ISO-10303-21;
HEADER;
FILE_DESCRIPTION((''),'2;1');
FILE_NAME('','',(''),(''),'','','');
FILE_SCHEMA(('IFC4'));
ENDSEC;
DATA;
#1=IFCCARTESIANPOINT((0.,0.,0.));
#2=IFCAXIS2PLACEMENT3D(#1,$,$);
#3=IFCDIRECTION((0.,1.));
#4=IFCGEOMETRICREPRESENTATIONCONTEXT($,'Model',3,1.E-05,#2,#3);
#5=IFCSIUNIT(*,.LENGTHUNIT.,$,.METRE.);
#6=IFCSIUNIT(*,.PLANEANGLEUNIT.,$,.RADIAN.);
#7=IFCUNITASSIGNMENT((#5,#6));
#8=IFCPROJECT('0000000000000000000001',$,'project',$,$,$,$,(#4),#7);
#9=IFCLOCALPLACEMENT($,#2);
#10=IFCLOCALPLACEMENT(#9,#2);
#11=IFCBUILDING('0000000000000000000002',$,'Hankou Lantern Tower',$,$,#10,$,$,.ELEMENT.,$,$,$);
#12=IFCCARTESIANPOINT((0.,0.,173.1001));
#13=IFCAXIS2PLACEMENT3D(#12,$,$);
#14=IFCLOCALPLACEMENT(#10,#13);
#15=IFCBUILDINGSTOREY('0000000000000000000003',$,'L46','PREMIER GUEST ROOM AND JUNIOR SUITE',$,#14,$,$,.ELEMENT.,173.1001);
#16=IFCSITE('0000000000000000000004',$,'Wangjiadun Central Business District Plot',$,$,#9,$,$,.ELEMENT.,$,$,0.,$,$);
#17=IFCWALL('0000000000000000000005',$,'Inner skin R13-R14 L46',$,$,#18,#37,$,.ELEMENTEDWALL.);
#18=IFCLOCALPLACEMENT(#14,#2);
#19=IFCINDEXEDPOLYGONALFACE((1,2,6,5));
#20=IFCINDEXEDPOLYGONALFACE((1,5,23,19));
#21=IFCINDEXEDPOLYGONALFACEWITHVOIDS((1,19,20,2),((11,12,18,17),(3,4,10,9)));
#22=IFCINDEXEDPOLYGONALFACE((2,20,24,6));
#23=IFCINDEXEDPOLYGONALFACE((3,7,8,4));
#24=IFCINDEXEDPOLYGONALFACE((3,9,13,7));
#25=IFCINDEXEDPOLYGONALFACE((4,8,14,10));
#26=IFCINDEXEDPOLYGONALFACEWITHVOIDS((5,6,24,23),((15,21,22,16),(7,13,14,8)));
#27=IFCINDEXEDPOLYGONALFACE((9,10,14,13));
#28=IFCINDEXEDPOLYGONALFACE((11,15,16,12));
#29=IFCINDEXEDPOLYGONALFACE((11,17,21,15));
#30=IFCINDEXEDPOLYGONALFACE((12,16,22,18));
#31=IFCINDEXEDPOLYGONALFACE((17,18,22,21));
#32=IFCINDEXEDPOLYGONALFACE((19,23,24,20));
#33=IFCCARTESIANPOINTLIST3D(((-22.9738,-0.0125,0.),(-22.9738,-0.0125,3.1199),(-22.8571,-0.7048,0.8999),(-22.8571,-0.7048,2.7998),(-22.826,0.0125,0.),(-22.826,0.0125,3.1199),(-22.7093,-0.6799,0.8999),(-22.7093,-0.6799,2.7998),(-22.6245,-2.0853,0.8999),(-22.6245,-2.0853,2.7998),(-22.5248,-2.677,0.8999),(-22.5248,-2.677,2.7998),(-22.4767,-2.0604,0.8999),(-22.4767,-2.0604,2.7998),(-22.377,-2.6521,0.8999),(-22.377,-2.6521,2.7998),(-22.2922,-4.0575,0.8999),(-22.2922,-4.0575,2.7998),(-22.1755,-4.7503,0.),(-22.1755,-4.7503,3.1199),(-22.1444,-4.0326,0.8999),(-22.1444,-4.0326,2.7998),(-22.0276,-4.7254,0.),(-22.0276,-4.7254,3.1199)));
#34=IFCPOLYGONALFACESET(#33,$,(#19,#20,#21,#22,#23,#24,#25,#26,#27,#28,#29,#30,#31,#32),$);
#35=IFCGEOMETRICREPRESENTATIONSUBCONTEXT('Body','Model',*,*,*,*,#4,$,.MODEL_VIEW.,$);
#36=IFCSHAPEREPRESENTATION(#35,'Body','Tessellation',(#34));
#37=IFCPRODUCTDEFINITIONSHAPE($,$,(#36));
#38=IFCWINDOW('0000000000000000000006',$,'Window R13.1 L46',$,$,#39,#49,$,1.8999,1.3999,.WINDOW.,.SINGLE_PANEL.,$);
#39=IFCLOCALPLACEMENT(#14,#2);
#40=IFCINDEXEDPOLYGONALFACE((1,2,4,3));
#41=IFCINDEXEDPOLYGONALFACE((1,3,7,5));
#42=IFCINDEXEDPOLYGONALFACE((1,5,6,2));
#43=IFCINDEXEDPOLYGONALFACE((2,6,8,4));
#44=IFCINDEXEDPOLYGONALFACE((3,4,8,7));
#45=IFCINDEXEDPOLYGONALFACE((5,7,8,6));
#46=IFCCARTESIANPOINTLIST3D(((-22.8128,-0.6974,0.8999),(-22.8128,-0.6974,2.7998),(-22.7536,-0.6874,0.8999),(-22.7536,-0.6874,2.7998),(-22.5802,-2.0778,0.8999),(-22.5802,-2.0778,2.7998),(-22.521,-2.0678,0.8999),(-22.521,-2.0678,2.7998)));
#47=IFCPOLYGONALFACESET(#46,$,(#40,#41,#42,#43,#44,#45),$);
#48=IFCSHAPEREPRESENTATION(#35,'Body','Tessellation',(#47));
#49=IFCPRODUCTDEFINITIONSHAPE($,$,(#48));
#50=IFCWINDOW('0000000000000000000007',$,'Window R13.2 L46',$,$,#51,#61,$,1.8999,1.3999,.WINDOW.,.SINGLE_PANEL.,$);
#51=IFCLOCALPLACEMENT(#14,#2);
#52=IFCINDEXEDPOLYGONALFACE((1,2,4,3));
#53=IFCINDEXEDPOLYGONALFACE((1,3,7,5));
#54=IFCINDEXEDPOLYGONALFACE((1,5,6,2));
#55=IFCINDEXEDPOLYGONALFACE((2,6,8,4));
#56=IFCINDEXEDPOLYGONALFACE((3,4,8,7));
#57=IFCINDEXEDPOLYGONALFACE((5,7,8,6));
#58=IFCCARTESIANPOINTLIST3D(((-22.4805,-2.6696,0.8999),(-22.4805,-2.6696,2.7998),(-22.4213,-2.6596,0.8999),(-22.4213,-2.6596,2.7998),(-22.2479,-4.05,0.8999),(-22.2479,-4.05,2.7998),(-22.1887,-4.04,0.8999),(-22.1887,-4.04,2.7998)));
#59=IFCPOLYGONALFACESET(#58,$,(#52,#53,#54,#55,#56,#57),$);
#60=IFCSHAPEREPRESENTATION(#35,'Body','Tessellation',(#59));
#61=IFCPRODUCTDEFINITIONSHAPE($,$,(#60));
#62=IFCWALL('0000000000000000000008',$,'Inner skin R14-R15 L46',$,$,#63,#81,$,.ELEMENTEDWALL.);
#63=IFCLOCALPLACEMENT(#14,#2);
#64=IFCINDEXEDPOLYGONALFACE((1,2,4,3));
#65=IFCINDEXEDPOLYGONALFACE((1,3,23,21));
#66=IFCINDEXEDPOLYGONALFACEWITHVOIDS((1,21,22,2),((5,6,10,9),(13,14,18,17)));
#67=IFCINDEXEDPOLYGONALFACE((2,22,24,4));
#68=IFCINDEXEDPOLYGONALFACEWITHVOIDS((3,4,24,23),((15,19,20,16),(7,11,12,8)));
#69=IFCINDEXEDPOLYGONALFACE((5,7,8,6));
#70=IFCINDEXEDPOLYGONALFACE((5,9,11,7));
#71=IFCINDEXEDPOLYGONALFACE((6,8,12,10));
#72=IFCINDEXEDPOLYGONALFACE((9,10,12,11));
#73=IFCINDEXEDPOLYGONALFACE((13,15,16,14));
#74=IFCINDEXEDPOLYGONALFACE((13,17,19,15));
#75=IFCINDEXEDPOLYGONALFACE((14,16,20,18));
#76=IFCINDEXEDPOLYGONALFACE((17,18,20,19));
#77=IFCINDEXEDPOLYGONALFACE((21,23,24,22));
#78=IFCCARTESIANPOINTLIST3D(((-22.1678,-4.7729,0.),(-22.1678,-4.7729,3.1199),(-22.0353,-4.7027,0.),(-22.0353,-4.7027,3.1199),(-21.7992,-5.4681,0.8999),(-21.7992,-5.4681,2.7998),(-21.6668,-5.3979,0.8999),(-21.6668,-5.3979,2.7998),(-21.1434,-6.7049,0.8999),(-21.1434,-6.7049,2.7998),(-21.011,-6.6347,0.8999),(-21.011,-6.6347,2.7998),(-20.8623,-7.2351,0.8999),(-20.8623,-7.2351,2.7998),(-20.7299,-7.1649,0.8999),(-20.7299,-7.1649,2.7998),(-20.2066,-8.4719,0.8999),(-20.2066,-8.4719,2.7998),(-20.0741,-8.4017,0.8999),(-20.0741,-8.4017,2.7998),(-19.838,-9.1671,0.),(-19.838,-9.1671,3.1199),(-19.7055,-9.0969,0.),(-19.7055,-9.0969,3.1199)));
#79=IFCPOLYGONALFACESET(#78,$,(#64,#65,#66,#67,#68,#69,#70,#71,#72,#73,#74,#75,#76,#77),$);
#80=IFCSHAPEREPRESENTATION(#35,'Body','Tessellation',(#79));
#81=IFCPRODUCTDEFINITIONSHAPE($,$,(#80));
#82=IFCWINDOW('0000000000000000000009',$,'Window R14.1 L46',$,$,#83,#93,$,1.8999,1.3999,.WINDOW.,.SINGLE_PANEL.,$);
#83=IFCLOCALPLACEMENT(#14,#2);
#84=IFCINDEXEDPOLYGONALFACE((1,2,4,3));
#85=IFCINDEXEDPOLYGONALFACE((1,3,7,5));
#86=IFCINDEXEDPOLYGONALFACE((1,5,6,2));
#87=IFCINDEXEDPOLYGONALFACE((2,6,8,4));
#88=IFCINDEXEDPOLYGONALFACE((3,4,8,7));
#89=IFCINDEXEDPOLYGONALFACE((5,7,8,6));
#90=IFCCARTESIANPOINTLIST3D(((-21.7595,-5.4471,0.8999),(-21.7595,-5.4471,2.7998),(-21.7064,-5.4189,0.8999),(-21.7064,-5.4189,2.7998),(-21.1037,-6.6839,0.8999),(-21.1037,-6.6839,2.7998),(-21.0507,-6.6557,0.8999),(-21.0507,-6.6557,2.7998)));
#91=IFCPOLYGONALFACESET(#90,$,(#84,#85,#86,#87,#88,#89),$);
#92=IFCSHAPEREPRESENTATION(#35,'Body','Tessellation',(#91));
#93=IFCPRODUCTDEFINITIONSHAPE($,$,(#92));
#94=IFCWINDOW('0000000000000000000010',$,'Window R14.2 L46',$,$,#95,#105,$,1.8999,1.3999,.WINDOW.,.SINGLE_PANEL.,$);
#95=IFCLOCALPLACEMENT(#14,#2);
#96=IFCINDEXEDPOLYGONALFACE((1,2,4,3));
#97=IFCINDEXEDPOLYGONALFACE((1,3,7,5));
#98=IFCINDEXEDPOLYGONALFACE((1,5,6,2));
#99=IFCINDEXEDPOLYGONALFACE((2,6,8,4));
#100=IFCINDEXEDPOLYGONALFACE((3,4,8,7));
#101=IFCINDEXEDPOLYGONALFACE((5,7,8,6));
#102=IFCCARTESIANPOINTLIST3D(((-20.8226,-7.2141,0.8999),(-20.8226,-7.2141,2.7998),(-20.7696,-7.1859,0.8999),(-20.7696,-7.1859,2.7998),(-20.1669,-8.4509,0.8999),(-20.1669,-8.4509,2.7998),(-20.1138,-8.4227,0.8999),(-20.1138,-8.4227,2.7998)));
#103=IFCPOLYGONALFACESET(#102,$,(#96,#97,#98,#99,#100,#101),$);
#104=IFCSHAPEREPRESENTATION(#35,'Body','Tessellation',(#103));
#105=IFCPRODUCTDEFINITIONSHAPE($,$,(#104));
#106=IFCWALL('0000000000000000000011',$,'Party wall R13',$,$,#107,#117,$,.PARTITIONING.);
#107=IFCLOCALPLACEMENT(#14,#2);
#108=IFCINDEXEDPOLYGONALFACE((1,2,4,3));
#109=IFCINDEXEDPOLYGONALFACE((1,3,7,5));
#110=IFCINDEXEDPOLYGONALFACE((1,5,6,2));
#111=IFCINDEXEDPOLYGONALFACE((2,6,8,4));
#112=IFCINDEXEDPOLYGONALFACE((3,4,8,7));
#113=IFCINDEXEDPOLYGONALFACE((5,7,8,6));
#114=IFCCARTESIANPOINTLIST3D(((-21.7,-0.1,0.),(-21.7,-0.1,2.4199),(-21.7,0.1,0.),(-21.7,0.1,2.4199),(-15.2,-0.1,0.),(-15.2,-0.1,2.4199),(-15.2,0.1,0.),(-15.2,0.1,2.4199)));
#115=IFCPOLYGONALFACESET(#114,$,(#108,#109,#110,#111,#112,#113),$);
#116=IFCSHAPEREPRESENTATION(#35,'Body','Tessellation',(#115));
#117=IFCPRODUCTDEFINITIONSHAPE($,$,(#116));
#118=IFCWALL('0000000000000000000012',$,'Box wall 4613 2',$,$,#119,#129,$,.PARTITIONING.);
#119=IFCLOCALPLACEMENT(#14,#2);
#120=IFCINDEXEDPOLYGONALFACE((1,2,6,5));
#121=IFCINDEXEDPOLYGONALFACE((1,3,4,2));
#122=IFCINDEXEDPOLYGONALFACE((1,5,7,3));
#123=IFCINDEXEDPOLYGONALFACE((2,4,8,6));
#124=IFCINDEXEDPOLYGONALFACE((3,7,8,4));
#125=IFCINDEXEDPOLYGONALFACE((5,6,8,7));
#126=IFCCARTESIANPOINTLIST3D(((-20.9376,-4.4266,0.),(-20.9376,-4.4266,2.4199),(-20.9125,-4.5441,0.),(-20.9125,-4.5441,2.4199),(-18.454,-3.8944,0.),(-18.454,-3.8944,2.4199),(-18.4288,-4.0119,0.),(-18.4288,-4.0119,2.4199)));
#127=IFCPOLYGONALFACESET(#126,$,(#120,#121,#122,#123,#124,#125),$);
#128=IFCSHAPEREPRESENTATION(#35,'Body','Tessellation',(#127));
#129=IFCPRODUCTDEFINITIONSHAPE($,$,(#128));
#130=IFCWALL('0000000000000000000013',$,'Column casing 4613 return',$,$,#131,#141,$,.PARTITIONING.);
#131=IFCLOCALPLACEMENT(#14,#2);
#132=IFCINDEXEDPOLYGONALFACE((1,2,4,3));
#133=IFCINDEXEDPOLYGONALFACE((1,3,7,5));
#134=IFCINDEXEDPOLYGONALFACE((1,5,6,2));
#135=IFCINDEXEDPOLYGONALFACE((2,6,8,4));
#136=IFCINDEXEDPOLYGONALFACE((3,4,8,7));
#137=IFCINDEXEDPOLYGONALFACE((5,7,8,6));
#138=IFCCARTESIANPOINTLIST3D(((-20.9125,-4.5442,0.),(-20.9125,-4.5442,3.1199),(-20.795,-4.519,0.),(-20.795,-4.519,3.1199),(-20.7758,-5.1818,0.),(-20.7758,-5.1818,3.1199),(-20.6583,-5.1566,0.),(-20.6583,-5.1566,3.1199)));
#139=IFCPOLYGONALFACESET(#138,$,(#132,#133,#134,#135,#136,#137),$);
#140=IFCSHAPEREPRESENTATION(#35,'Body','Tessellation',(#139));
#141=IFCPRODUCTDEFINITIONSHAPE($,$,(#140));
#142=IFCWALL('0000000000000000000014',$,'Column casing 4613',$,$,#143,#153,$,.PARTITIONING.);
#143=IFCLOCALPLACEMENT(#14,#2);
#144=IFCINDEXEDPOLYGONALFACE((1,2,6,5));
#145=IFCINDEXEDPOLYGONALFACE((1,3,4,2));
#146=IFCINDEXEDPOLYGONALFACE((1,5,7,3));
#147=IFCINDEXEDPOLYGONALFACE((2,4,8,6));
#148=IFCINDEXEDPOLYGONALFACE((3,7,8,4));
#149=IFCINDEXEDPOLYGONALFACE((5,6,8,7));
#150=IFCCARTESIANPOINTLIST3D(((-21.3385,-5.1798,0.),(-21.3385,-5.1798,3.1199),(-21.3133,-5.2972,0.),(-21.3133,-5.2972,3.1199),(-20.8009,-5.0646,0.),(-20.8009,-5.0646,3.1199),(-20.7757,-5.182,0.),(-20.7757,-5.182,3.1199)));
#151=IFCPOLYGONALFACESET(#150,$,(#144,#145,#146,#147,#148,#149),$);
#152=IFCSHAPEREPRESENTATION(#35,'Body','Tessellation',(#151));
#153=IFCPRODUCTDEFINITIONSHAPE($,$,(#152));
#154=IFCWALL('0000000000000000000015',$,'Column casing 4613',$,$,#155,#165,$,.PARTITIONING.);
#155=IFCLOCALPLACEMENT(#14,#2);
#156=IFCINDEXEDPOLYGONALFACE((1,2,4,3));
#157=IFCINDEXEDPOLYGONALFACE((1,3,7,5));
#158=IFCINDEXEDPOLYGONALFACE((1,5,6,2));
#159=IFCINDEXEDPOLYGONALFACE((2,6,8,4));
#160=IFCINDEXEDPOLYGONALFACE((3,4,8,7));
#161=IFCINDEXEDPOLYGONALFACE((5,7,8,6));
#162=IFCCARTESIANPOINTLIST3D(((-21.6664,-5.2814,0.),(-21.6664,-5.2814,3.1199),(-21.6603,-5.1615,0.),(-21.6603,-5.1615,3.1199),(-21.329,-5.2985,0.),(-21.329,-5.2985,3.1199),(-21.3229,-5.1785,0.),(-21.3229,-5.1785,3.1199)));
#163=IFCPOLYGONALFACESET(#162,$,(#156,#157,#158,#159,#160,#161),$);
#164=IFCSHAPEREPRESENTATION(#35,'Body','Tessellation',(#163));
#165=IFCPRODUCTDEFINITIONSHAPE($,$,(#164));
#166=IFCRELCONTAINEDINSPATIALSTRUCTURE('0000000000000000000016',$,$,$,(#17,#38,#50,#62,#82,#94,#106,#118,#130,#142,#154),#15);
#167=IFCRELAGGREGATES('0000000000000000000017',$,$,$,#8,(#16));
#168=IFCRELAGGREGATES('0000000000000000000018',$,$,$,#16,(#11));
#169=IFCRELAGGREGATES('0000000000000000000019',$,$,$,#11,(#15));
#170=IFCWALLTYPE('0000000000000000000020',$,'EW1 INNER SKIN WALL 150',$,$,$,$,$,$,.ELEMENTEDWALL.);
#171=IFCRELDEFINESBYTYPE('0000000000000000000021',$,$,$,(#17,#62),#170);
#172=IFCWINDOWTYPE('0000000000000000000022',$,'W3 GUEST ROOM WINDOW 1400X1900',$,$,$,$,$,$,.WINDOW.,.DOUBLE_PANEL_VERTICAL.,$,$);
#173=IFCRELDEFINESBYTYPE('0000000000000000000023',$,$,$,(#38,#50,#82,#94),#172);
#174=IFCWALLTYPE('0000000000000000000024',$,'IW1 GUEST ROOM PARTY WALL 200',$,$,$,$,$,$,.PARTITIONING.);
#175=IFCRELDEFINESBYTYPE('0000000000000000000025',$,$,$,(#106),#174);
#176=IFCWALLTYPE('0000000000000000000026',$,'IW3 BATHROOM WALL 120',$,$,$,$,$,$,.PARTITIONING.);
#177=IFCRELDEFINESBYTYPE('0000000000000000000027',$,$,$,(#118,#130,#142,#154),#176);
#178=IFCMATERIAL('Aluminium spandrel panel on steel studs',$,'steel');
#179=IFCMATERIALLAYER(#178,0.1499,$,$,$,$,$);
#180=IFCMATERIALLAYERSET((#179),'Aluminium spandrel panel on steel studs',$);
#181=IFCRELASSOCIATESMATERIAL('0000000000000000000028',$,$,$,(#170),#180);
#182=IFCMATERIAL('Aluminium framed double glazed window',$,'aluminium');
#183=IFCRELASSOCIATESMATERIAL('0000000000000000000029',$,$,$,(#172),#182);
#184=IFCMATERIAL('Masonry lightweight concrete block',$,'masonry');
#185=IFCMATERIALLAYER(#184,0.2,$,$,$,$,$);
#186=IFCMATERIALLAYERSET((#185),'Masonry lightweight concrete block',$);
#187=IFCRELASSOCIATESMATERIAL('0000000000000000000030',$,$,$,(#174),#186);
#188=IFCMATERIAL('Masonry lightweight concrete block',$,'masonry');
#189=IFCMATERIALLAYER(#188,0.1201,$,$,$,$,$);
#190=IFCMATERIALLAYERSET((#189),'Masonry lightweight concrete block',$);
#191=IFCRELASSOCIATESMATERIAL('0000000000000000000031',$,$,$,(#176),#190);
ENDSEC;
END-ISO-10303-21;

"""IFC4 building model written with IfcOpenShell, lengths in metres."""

from ifc_helpers import new_model, si_unit, direction, frame, frame_2d, origin, place, context, subcontext, project, spatial, rectangle, extrude, material, layer, layer_set, type_object, element, fill, save


model = new_model("IFC4")

# Units and contexts
model_context = context("Model", 3, precision=1e-05, world=origin(), true_north=direction((0.0, 1.0)))
body_context = subcontext(model_context, "Body", "Model", "MODEL_VIEW")
ifc_project = project(units=[si_unit("LENGTHUNIT", "METRE"), si_unit("PLANEANGLEUNIT", "RADIAN")], contexts=[model_context])

# Site, building, storey
site_placement = place(None, origin())
site = spatial("IfcSite", under=ifc_project, at=site_placement, Name="Wangjiadun Central Business District Plot", CompositionType="ELEMENT", RefElevation=0.0)
building_placement = place(site_placement, origin())
building = spatial("IfcBuilding", under=site, at=building_placement, Name="Hankou Lantern Tower", CompositionType="ELEMENT")
storey_placement = place(building_placement, frame((0.0, 0.0, 173.1001)))
storey = spatial("IfcBuildingStorey", under=building, at=storey_placement, Name="L46", Description="PREMIER GUEST ROOM AND JUNIOR SUITE", CompositionType="ELEMENT", Elevation=173.1001)

# Walls, openings, windows
ifc_material_1 = material(Name="Aluminium spandrel panel on steel studs", Category="steel")
ifc_layer_1 = layer(ifc_material_1, 0.1499)
ifc_layer_set_1 = layer_set([ifc_layer_1], Name="Aluminium spandrel panel on steel studs")
wall_type_1 = type_object("IfcWallType", Name="EW1 INNER SKIN WALL 150", PredefinedType="ELEMENTEDWALL", material=ifc_layer_set_1)
wall_1_placement = place(storey_placement, frame((-22.8999, 0.0, 0.0), z_axis=(0.0, 0.0, 1.0), x_axis=(0.166162, -0.986098, 0.0)))
wall_1 = element("IfcWall", 1, at=wall_1_placement, inside=storey, type_object=wall_type_1, Name="Inner skin R13-R14 L46", PredefinedType="ELEMENTEDWALL", context=body_context, shape_type="SweptSolid", body=[
    extrude(rectangle(XDim=4.8047, YDim=0.1499, at=frame_2d((2.4023, 0.0))), origin(), (0.0, 0.0, 1.0), 3.1199),
])
opening_1_placement = place(wall_1_placement, frame((0.7021, 0.0, 0.8999)))
opening_1 = element("IfcOpeningElement", 2, at=opening_1_placement, cuts=wall_1, PredefinedType="OPENING", context=body_context, shape_type="SweptSolid", body=[
    extrude(rectangle(XDim=1.3999, YDim=1.8999, at=frame_2d((0.7, 0.95))), frame((0.0, 0.085, 0.0), z_axis=(0.0, -1.0, 0.0), x_axis=(1.0, 0.0, 0.0)), (0.0, 0.0, 1.0), 0.1699),
])
opening_2_placement = place(wall_1_placement, frame((2.7021, 0.0, 0.8999)))
opening_2 = element("IfcOpeningElement", 3, at=opening_2_placement, cuts=wall_1, PredefinedType="OPENING", context=body_context, shape_type="SweptSolid", body=[
    extrude(rectangle(XDim=1.3999, YDim=1.8999, at=frame_2d((0.7, 0.95))), frame((0.0, 0.085, 0.0), z_axis=(0.0, -1.0, 0.0), x_axis=(1.0, 0.0, 0.0)), (0.0, 0.0, 1.0), 0.1699),
])
ifc_material_2 = material(Name="Aluminium framed double glazed window", Category="aluminium")
window_type = type_object("IfcWindowType", Name="W3 GUEST ROOM WINDOW 1400X1900", PartitioningType="DOUBLE_PANEL_VERTICAL", PredefinedType="WINDOW", material=ifc_material_2)
window_1_placement = place(opening_1_placement, origin())
window_1 = element("IfcWindow", 4, at=window_1_placement, inside=storey, type_object=window_type, Name="Window R13.1 L46", OverallHeight=1.8999, OverallWidth=1.3999, PartitioningType="SINGLE_PANEL", PredefinedType="WINDOW", context=body_context, shape_type="SweptSolid", body=[
    extrude(rectangle(XDim=1.3999, YDim=1.8999, at=frame_2d((0.7, 0.95))), frame((0.0, 0.03, 0.0), z_axis=(0.0, -1.0, 0.0), x_axis=(1.0, 0.0, 0.0)), (0.0, 0.0, 1.0), 0.0601),
])
fill(opening_1, window_1)
window_2_placement = place(opening_2_placement, origin())
window_2 = element("IfcWindow", 5, at=window_2_placement, inside=storey, type_object=window_type, Name="Window R13.2 L46", OverallHeight=1.8999, OverallWidth=1.3999, PartitioningType="SINGLE_PANEL", PredefinedType="WINDOW", context=body_context, shape_type="SweptSolid", body=[
    extrude(rectangle(XDim=1.3999, YDim=1.8999, at=frame_2d((0.7, 0.95))), frame((0.0, 0.03, 0.0), z_axis=(0.0, -1.0, 0.0), x_axis=(1.0, 0.0, 0.0)), (0.0, 0.0, 1.0), 0.0601),
])
fill(opening_2, window_2)
wall_2_placement = place(storey_placement, frame((-22.1016, -4.7378, 0.0), z_axis=(0.0, 0.0, 1.0), x_axis=(0.468429, -0.883501, 0.0)))
wall_2 = element("IfcWall", 6, at=wall_2_placement, inside=storey, type_object=wall_type_1, Name="Inner skin R14-R15 L46", PredefinedType="ELEMENTEDWALL", context=body_context, shape_type="SweptSolid", body=[
    extrude(rectangle(XDim=4.9736, YDim=0.1499, at=frame_2d((2.4868, 0.0))), origin(), (0.0, 0.0, 1.0), 3.1199),
])
opening_3_placement = place(wall_2_placement, frame((0.7869, 0.0, 0.8999)))
opening_3 = element("IfcOpeningElement", 7, at=opening_3_placement, cuts=wall_2, PredefinedType="OPENING", context=body_context, shape_type="SweptSolid", body=[
    extrude(rectangle(XDim=1.3999, YDim=1.8999, at=frame_2d((0.7, 0.95))), frame((0.0, 0.085, 0.0), z_axis=(0.0, -1.0, 0.0), x_axis=(1.0, 0.0, 0.0)), (0.0, 0.0, 1.0), 0.1699),
])
opening_4_placement = place(wall_2_placement, frame((2.7869, 0.0, 0.8999)))
opening_4 = element("IfcOpeningElement", 8, at=opening_4_placement, cuts=wall_2, PredefinedType="OPENING", context=body_context, shape_type="SweptSolid", body=[
    extrude(rectangle(XDim=1.3999, YDim=1.8999, at=frame_2d((0.7, 0.95))), frame((0.0, 0.085, 0.0), z_axis=(0.0, -1.0, 0.0), x_axis=(1.0, 0.0, 0.0)), (0.0, 0.0, 1.0), 0.1699),
])
window_3_placement = place(opening_3_placement, origin())
window_3 = element("IfcWindow", 9, at=window_3_placement, inside=storey, type_object=window_type, Name="Window R14.1 L46", OverallHeight=1.8999, OverallWidth=1.3999, PartitioningType="SINGLE_PANEL", PredefinedType="WINDOW", context=body_context, shape_type="SweptSolid", body=[
    extrude(rectangle(XDim=1.3999, YDim=1.8999, at=frame_2d((0.7, 0.95))), frame((0.0, 0.03, 0.0), z_axis=(0.0, -1.0, 0.0), x_axis=(1.0, 0.0, 0.0)), (0.0, 0.0, 1.0), 0.0601),
])
fill(opening_3, window_3)
window_4_placement = place(opening_4_placement, origin())
window_4 = element("IfcWindow", 10, at=window_4_placement, inside=storey, type_object=window_type, Name="Window R14.2 L46", OverallHeight=1.8999, OverallWidth=1.3999, PartitioningType="SINGLE_PANEL", PredefinedType="WINDOW", context=body_context, shape_type="SweptSolid", body=[
    extrude(rectangle(XDim=1.3999, YDim=1.8999, at=frame_2d((0.7, 0.95))), frame((0.0, 0.03, 0.0), z_axis=(0.0, -1.0, 0.0), x_axis=(1.0, 0.0, 0.0)), (0.0, 0.0, 1.0), 0.0601),
])
fill(opening_4, window_4)

# Walls
ifc_material_3 = material(Name="Masonry lightweight concrete block", Category="masonry")
ifc_layer_2 = layer(ifc_material_3, 0.2)
ifc_layer_set_2 = layer_set([ifc_layer_2], Name="Masonry lightweight concrete block")
wall_type_2 = type_object("IfcWallType", Name="IW1 GUEST ROOM PARTY WALL 200", PredefinedType="PARTITIONING", material=ifc_layer_set_2)
wall_3_placement = place(storey_placement, frame((-15.2, 0.0, 0.0), z_axis=(0.0, 0.0, 1.0), x_axis=(-1.0, 0.0, 0.0)))
element("IfcWall", 11, at=wall_3_placement, inside=storey, type_object=wall_type_2, Name="Party wall R13", PredefinedType="PARTITIONING", context=body_context, shape_type="SweptSolid", body=[
    extrude(rectangle(XDim=6.5, YDim=0.2, at=frame_2d((3.25, 0.0))), origin(), (0.0, 0.0, 1.0), 2.4199),
])
ifc_material_4 = material(Name="Masonry lightweight concrete block", Category="masonry")
ifc_layer_3 = layer(ifc_material_4, 0.1201)
ifc_layer_set_3 = layer_set([ifc_layer_3], Name="Masonry lightweight concrete block")
wall_type_3 = type_object("IfcWallType", Name="IW3 BATHROOM WALL 120", PredefinedType="PARTITIONING", material=ifc_layer_set_3)
wall_4_placement = place(storey_placement, frame((-18.4414, -3.9531, 0.0), z_axis=(0.0, 0.0, 1.0), x_axis=(-0.977801, -0.209536, 0.0)))
element("IfcWall", 12, at=wall_4_placement, inside=storey, type_object=wall_type_3, Name="Box wall 4613 2", PredefinedType="PARTITIONING", context=body_context, shape_type="SweptSolid", body=[
    extrude(rectangle(XDim=2.54, YDim=0.1201, at=frame_2d((1.27, 0.0))), origin(), (0.0, 0.0, 1.0), 2.4199),
])
wall_5_placement = place(storey_placement, frame((-20.8538, -4.5315, 0.0), z_axis=(0.0, 0.0, 1.0), x_axis=(0.209631, -0.97778, 0.0)))
element("IfcWall", 13, at=wall_5_placement, inside=storey, type_object=wall_type_3, Name="Column casing 4613 return", PredefinedType="PARTITIONING", context=body_context, shape_type="SweptSolid", body=[
    extrude(rectangle(XDim=0.6521, YDim=0.1201, at=frame_2d((0.3262, 0.0))), origin(), (0.0, 0.0, 1.0), 3.1199),
])
wall_6_placement = place(storey_placement, frame((-20.7883, -5.1233, 0.0), z_axis=(0.0, 0.0, 1.0), x_axis=(-0.977789, -0.20959, 0.0)))
element("IfcWall", 14, at=wall_6_placement, inside=storey, type_object=wall_type_3, Name="Column casing 4613", PredefinedType="PARTITIONING", context=body_context, shape_type="SweptSolid", body=[
    extrude(rectangle(XDim=0.5498, YDim=0.1201, at=frame_2d((0.2749, 0.0))), origin(), (0.0, 0.0, 1.0), 3.1199),
])
wall_7_placement = place(storey_placement, frame((-21.3259, -5.2385, 0.0), z_axis=(0.0, 0.0, 1.0), x_axis=(-0.99872, 0.050586, 0.0)))
element("IfcWall", 15, at=wall_7_placement, inside=storey, type_object=wall_type_3, Name="Column casing 4613", PredefinedType="PARTITIONING", context=body_context, shape_type="SweptSolid", body=[
    extrude(rectangle(XDim=0.3379, YDim=0.1201, at=frame_2d((0.1689, 0.0))), origin(), (0.0, 0.0, 1.0), 3.1199),
])

save(model, "model.ifc")
